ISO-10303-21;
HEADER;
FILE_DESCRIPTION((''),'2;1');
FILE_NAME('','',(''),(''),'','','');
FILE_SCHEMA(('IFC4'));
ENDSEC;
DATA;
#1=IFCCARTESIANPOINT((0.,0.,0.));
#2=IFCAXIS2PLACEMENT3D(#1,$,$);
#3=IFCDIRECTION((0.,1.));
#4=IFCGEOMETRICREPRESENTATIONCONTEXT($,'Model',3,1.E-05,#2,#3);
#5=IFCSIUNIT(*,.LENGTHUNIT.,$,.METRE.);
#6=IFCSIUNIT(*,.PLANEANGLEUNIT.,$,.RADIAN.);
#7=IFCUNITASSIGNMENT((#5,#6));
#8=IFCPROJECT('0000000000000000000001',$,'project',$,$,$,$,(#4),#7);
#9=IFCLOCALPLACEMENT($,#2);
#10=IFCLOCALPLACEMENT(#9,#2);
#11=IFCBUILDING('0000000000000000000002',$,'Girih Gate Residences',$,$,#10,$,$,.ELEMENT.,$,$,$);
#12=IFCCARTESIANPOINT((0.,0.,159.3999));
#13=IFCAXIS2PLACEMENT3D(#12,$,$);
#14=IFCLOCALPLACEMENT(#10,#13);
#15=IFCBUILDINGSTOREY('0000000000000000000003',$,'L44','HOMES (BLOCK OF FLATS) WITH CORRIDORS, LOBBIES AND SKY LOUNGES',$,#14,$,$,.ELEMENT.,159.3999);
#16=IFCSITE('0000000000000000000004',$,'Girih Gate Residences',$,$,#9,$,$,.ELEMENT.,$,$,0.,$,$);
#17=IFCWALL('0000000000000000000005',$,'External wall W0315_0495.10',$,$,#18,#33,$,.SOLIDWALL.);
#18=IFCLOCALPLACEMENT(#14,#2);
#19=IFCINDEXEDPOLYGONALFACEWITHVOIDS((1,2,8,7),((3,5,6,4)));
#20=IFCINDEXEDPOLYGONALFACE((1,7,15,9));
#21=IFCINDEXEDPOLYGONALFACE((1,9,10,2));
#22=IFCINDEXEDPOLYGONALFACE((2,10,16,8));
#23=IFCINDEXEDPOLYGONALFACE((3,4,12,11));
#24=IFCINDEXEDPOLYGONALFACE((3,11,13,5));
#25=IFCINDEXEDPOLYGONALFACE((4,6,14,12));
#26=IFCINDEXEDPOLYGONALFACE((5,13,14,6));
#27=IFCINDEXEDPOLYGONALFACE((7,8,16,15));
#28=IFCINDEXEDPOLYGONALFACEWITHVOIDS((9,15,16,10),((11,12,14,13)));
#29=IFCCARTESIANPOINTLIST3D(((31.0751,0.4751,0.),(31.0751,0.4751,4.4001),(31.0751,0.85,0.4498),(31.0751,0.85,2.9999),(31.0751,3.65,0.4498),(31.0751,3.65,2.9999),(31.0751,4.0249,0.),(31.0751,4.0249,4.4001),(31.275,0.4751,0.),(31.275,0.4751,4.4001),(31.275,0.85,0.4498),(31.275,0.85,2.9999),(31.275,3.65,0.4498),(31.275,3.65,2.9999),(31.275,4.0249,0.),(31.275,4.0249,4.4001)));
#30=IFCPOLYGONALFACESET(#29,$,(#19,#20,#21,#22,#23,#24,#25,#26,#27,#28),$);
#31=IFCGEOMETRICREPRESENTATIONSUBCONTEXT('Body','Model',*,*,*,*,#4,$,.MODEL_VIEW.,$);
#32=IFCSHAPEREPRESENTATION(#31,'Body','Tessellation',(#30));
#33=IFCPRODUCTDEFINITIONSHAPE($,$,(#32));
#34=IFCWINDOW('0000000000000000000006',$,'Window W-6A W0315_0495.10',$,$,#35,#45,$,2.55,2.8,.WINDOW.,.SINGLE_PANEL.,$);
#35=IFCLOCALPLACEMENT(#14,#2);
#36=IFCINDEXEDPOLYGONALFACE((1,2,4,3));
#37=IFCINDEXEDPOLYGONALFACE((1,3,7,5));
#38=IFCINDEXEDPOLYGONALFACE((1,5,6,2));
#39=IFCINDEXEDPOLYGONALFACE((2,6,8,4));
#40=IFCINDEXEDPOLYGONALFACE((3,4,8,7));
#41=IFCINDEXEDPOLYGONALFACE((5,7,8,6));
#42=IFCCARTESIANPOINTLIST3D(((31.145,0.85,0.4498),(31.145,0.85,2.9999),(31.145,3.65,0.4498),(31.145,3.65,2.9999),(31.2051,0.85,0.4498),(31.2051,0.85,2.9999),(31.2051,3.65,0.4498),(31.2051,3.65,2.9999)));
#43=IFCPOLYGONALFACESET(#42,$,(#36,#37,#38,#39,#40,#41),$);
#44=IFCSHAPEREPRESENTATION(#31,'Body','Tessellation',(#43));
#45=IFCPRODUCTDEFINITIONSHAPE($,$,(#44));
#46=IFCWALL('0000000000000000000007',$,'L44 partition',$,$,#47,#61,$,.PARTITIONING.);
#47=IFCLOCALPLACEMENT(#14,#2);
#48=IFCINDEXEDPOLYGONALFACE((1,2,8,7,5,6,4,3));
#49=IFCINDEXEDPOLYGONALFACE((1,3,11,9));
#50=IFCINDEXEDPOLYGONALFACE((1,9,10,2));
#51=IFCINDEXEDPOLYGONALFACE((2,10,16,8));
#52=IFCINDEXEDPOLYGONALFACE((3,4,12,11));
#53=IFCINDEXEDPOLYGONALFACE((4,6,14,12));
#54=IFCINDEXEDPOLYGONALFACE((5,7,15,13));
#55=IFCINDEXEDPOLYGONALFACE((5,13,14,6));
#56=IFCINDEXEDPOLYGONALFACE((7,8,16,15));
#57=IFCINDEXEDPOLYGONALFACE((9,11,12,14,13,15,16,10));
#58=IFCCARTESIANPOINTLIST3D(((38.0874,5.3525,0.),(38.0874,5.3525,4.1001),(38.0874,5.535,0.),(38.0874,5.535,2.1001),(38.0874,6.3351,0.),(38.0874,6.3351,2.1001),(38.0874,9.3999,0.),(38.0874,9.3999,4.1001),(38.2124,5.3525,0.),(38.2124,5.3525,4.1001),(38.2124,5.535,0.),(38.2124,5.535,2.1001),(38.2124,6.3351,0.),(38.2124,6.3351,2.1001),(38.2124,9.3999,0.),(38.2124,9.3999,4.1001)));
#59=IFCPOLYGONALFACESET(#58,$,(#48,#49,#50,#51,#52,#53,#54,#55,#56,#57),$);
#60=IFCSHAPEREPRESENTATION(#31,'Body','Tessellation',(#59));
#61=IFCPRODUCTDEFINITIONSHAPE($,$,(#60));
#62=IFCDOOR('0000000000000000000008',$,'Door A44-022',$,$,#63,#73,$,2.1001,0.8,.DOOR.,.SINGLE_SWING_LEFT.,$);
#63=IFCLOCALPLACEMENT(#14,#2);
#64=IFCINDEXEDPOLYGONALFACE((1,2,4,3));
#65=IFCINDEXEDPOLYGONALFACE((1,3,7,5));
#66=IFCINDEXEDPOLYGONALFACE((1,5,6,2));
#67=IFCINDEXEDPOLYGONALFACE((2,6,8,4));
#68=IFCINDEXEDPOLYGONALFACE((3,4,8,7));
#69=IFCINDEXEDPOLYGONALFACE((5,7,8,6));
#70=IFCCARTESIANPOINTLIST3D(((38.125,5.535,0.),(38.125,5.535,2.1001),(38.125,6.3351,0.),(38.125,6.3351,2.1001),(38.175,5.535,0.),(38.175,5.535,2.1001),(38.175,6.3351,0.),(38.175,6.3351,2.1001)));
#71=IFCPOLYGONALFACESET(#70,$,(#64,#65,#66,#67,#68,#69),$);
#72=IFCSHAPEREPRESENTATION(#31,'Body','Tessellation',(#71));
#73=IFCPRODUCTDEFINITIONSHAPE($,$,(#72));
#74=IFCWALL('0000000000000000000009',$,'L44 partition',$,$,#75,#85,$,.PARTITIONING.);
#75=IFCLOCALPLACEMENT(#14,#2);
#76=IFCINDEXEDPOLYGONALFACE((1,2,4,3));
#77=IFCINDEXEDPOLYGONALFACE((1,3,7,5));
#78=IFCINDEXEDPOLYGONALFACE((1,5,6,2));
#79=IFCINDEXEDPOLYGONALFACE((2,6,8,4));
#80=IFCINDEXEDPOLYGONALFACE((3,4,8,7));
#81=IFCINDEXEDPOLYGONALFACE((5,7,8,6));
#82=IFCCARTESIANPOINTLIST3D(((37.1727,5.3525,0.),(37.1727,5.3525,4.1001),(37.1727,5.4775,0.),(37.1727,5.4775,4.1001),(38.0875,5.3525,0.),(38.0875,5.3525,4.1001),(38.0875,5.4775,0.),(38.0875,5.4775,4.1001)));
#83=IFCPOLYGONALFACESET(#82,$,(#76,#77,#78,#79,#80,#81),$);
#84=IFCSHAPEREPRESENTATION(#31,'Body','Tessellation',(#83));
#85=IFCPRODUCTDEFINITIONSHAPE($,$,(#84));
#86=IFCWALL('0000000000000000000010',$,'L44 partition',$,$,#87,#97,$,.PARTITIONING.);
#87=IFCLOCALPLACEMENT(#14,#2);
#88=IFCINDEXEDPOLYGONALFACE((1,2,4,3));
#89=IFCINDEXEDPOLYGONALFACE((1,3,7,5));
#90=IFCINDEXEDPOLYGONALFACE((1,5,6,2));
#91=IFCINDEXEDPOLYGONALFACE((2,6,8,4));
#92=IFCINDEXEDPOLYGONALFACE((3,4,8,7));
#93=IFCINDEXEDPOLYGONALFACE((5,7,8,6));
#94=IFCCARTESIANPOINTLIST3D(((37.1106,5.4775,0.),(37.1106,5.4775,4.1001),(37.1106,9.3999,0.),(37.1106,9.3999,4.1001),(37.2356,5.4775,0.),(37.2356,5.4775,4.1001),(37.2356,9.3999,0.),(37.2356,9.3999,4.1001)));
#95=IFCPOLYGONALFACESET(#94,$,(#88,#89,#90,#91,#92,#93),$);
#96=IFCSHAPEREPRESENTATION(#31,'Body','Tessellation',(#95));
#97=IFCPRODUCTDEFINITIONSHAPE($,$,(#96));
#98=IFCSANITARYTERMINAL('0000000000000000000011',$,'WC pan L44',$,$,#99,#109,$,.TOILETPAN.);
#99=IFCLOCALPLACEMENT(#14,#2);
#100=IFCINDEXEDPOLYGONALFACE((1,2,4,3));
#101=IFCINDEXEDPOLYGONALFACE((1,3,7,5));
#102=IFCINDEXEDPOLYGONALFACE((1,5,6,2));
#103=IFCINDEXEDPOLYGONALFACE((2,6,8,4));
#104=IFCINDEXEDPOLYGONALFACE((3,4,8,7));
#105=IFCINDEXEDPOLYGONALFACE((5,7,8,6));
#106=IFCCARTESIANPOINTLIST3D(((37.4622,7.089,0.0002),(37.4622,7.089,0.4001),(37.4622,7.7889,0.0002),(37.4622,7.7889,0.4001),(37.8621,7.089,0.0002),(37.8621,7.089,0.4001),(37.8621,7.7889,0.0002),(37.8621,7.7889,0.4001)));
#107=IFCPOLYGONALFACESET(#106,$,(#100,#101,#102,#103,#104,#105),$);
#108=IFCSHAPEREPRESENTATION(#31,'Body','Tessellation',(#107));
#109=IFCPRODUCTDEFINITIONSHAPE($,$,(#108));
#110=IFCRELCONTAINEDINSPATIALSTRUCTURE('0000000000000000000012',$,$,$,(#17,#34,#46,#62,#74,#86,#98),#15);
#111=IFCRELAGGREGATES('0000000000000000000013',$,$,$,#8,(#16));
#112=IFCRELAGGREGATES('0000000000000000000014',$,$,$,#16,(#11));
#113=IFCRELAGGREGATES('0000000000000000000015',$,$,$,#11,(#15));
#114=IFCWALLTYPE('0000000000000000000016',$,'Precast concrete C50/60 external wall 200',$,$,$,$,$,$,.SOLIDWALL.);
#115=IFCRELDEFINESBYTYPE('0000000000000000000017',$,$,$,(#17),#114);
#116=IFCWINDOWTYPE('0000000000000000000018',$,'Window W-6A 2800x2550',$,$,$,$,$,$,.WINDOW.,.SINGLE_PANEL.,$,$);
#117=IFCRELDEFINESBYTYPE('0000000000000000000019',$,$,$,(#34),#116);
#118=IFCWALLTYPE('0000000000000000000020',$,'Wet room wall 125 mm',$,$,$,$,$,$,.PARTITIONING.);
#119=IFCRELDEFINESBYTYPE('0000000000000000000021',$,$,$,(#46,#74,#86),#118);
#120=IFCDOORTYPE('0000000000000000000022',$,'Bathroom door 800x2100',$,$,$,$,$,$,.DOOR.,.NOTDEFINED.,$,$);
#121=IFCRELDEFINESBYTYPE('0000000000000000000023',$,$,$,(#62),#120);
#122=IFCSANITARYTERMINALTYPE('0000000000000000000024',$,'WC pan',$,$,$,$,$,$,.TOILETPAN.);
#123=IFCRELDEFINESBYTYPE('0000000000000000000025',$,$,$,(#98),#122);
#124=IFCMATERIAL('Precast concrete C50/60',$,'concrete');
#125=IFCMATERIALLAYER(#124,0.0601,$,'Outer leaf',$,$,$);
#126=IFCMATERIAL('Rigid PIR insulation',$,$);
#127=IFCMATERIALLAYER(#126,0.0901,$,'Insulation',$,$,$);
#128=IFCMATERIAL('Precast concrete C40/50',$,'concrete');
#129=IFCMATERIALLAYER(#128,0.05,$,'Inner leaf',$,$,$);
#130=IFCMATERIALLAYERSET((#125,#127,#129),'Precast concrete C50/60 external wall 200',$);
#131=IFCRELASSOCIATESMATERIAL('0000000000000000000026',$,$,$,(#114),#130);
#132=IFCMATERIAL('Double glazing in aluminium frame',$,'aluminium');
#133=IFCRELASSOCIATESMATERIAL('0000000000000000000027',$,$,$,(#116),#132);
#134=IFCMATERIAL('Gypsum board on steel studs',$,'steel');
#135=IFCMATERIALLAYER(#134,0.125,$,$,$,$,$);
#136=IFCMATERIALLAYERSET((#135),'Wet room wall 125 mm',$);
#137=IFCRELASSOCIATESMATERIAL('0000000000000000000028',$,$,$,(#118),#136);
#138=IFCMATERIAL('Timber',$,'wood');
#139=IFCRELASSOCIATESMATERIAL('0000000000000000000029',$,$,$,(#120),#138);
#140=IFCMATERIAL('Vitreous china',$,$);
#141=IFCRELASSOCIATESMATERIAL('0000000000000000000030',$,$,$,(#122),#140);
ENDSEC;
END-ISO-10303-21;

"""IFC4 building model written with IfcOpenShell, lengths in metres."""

from ifc_helpers import new_model, si_unit, direction, frame, frame_2d, origin, origin_2d, place, context, subcontext, project, spatial, rectangle, extrude, material, layer, layer_set, type_object, element, fill, save


model = new_model("IFC4")

# Units and contexts
model_context = context("Model", 3, precision=1e-05, world=origin(), true_north=direction((0.0, 1.0)))
body_context = subcontext(model_context, "Body", "Model", "MODEL_VIEW")
ifc_project = project(units=[si_unit("LENGTHUNIT", "METRE"), si_unit("PLANEANGLEUNIT", "RADIAN")], contexts=[model_context])

# Site, building, storey
site_placement = place(None, origin())
site = spatial("IfcSite", under=ifc_project, at=site_placement, Name="Girih Gate Residences", CompositionType="ELEMENT", RefElevation=0.0)
building_placement = place(site_placement, origin())
building = spatial("IfcBuilding", under=site, at=building_placement, Name="Girih Gate Residences", CompositionType="ELEMENT")
storey_placement = place(building_placement, frame((0.0, 0.0, 159.3999)))
storey = spatial("IfcBuildingStorey", under=building, at=storey_placement, Name="L44", Description="HOMES (BLOCK OF FLATS) WITH CORRIDORS, LOBBIES AND SKY LOUNGES", CompositionType="ELEMENT", Elevation=159.3999)

# Shared definitions
ifc_material_1 = material(Name="Gypsum board on steel studs", Category="steel")
ifc_material_2 = material(Name="Timber", Category="wood")

# Wall, opening, window
ifc_material_3 = material(Name="Precast concrete C50/60", Category="concrete")
ifc_layer_1 = layer(ifc_material_3, 0.0601, Name="Outer leaf")
ifc_material_4 = material(Name="Rigid PIR insulation")
ifc_layer_2 = layer(ifc_material_4, 0.0901, Name="Insulation")
ifc_material_5 = material(Name="Precast concrete C40/50", Category="concrete")
ifc_layer_3 = layer(ifc_material_5, 0.05, Name="Inner leaf")
ifc_layer_set_1 = layer_set([ifc_layer_1, ifc_layer_2, ifc_layer_3], Name="Precast concrete C50/60 external wall 200")
wall_type_1 = type_object("IfcWallType", Name="Precast concrete C50/60 external wall 200", PredefinedType="SOLIDWALL", material=ifc_layer_set_1)
ifc_material_6 = material(Name="Double glazing in aluminium frame", Category="aluminium")
window_type = type_object("IfcWindowType", Name="Window W-6A 2800x2550", PartitioningType="SINGLE_PANEL", PredefinedType="WINDOW", material=ifc_material_6)
wall_1_placement = place(storey_placement, frame((31.175, 0.4751, 0.0), z_axis=(0.0, 0.0, 1.0), x_axis=(0.0, 1.0, 0.0)))
wall_1 = element("IfcWall", 1, at=wall_1_placement, inside=storey, type_object=wall_type_1, Name="External wall W0315_0495.10", PredefinedType="SOLIDWALL", context=body_context, shape_type="SweptSolid", body=[
    extrude(rectangle(XDim=3.5498, YDim=0.2, at=frame_2d((1.7749, 0.0))), origin(), (0.0, 0.0, 1.0), 4.4001),
])
opening_1_placement = place(wall_1_placement, frame((0.375, 0.0, 0.45)))
opening_1 = element("IfcOpeningElement", 2, at=opening_1_placement, cuts=wall_1, PredefinedType="OPENING", context=body_context, shape_type="SweptSolid", body=[
    extrude(rectangle(XDim=2.8, YDim=2.55, at=frame_2d((1.3999, 1.2749))), frame((0.0, 0.1099, 0.0), z_axis=(0.0, -1.0, 0.0), x_axis=(1.0, 0.0, 0.0)), (0.0, 0.0, 1.0), 0.22),
])
window_1_placement = place(opening_1_placement, origin())
window_1 = element("IfcWindow", 3, at=window_1_placement, inside=storey, type_object=window_type, Name="Window W-6A W0315_0495.10", OverallHeight=2.55, OverallWidth=2.8, PartitioningType="SINGLE_PANEL", PredefinedType="WINDOW", context=body_context, shape_type="SweptSolid", body=[
    extrude(rectangle(XDim=2.8, YDim=2.55, at=frame_2d((1.3999, 1.2749))), frame((0.0, 0.03, 0.0), z_axis=(0.0, -1.0, 0.0), x_axis=(1.0, 0.0, 0.0)), (0.0, 0.0, 1.0), 0.0601),
])
fill(opening_1, window_1)

# Wall, opening, door
ifc_layer_4 = layer(ifc_material_1, 0.125)
ifc_layer_set_2 = layer_set([ifc_layer_4], Name="Wet room wall 125 mm")
wall_type_2 = type_object("IfcWallType", Name="Wet room wall 125 mm", PredefinedType="PARTITIONING", material=ifc_layer_set_2)
wall_2_placement = place(storey_placement, frame((38.1499, 5.3525, 0.0), z_axis=(0.0, 0.0, 1.0), x_axis=(0.0, 1.0, 0.0)))
wall_2 = element("IfcWall", 4, at=wall_2_placement, inside=storey, type_object=wall_type_2, Name="L44 partition", PredefinedType="PARTITIONING", context=body_context, shape_type="SweptSolid", body=[
    extrude(rectangle(XDim=4.0474, YDim=0.125, at=frame_2d((2.0237, 0.0))), origin(), (0.0, 0.0, 1.0), 4.1001),
])
opening_2_placement = place(wall_2_placement, frame((0.1826, 0.0, 0.0)))
opening_2 = element("IfcOpeningElement", 5, at=opening_2_placement, cuts=wall_2, PredefinedType="OPENING", context=body_context, shape_type="SweptSolid", body=[
    extrude(rectangle(XDim=0.8, YDim=2.1001, at=frame_2d((0.3999, 1.05))), frame((0.0, 0.0725, 0.0), z_axis=(0.0, -1.0, 0.0), x_axis=(1.0, 0.0, 0.0)), (0.0, 0.0, 1.0), 0.145),
])
door_type_1 = type_object("IfcDoorType", Name="Bathroom door 800x2100", OperationType="NOTDEFINED", PredefinedType="DOOR", material=ifc_material_2)
door_1_placement = place(opening_2_placement, origin())
door_1 = element("IfcDoor", 6, at=door_1_placement, inside=storey, type_object=door_type_1, Name="Door A44-022", OperationType="SINGLE_SWING_LEFT", OverallHeight=2.1001, OverallWidth=0.8, PredefinedType="DOOR", context=body_context, shape_type="SweptSolid", body=[
    extrude(rectangle(XDim=0.8, YDim=2.1001, at=frame_2d((0.3999, 1.05))), frame((0.0, 0.0249, 0.0), z_axis=(0.0, -1.0, 0.0), x_axis=(1.0, 0.0, 0.0)), (0.0, 0.0, 1.0), 0.05),
])
fill(opening_2, door_1)

# Walls
wall_3_placement = place(storey_placement, frame((37.1726, 5.415, 0.0), z_axis=(0.0, 0.0, 1.0), x_axis=(1.0, 0.0, 0.0)))
element("IfcWall", 7, at=wall_3_placement, inside=storey, type_object=wall_type_2, Name="L44 partition", PredefinedType="PARTITIONING", context=body_context, shape_type="SweptSolid", body=[
    extrude(rectangle(XDim=0.9148, YDim=0.125, at=frame_2d((0.4575, 0.0))), origin(), (0.0, 0.0, 1.0), 4.1001),
])
wall_4_placement = place(storey_placement, frame((37.1731, 5.4775, 0.0), z_axis=(0.0, 0.0, 1.0), x_axis=(0.0, 1.0, 0.0)))
element("IfcWall", 8, at=wall_4_placement, inside=storey, type_object=wall_type_2, Name="L44 partition", PredefinedType="PARTITIONING", context=body_context, shape_type="SweptSolid", body=[
    extrude(rectangle(XDim=3.9224, YDim=0.125, at=frame_2d((1.9612, 0.0))), origin(), (0.0, 0.0, 1.0), 4.1001),
])

# Sanitary terminal
ifc_material_7 = material(Name="Vitreous china")
sanitary_terminal_type = type_object("IfcSanitaryTerminalType", Name="WC pan", PredefinedType="TOILETPAN", material=ifc_material_7)
sanitary_terminal_placement = place(storey_placement, frame((37.6621, 7.439, 0.0002), z_axis=(0.0, 0.0, 1.0), x_axis=(1.0, 0.0, 0.0)))
element("IfcSanitaryTerminal", 9, at=sanitary_terminal_placement, inside=storey, type_object=sanitary_terminal_type, Name="WC pan L44", PredefinedType="TOILETPAN", context=body_context, shape_type="SweptSolid", body=[
    extrude(rectangle(XDim=0.3999, YDim=0.7, at=origin_2d()), origin(), (0.0, 0.0, 1.0), 0.3999),
])

save(model, "model.ifc")
